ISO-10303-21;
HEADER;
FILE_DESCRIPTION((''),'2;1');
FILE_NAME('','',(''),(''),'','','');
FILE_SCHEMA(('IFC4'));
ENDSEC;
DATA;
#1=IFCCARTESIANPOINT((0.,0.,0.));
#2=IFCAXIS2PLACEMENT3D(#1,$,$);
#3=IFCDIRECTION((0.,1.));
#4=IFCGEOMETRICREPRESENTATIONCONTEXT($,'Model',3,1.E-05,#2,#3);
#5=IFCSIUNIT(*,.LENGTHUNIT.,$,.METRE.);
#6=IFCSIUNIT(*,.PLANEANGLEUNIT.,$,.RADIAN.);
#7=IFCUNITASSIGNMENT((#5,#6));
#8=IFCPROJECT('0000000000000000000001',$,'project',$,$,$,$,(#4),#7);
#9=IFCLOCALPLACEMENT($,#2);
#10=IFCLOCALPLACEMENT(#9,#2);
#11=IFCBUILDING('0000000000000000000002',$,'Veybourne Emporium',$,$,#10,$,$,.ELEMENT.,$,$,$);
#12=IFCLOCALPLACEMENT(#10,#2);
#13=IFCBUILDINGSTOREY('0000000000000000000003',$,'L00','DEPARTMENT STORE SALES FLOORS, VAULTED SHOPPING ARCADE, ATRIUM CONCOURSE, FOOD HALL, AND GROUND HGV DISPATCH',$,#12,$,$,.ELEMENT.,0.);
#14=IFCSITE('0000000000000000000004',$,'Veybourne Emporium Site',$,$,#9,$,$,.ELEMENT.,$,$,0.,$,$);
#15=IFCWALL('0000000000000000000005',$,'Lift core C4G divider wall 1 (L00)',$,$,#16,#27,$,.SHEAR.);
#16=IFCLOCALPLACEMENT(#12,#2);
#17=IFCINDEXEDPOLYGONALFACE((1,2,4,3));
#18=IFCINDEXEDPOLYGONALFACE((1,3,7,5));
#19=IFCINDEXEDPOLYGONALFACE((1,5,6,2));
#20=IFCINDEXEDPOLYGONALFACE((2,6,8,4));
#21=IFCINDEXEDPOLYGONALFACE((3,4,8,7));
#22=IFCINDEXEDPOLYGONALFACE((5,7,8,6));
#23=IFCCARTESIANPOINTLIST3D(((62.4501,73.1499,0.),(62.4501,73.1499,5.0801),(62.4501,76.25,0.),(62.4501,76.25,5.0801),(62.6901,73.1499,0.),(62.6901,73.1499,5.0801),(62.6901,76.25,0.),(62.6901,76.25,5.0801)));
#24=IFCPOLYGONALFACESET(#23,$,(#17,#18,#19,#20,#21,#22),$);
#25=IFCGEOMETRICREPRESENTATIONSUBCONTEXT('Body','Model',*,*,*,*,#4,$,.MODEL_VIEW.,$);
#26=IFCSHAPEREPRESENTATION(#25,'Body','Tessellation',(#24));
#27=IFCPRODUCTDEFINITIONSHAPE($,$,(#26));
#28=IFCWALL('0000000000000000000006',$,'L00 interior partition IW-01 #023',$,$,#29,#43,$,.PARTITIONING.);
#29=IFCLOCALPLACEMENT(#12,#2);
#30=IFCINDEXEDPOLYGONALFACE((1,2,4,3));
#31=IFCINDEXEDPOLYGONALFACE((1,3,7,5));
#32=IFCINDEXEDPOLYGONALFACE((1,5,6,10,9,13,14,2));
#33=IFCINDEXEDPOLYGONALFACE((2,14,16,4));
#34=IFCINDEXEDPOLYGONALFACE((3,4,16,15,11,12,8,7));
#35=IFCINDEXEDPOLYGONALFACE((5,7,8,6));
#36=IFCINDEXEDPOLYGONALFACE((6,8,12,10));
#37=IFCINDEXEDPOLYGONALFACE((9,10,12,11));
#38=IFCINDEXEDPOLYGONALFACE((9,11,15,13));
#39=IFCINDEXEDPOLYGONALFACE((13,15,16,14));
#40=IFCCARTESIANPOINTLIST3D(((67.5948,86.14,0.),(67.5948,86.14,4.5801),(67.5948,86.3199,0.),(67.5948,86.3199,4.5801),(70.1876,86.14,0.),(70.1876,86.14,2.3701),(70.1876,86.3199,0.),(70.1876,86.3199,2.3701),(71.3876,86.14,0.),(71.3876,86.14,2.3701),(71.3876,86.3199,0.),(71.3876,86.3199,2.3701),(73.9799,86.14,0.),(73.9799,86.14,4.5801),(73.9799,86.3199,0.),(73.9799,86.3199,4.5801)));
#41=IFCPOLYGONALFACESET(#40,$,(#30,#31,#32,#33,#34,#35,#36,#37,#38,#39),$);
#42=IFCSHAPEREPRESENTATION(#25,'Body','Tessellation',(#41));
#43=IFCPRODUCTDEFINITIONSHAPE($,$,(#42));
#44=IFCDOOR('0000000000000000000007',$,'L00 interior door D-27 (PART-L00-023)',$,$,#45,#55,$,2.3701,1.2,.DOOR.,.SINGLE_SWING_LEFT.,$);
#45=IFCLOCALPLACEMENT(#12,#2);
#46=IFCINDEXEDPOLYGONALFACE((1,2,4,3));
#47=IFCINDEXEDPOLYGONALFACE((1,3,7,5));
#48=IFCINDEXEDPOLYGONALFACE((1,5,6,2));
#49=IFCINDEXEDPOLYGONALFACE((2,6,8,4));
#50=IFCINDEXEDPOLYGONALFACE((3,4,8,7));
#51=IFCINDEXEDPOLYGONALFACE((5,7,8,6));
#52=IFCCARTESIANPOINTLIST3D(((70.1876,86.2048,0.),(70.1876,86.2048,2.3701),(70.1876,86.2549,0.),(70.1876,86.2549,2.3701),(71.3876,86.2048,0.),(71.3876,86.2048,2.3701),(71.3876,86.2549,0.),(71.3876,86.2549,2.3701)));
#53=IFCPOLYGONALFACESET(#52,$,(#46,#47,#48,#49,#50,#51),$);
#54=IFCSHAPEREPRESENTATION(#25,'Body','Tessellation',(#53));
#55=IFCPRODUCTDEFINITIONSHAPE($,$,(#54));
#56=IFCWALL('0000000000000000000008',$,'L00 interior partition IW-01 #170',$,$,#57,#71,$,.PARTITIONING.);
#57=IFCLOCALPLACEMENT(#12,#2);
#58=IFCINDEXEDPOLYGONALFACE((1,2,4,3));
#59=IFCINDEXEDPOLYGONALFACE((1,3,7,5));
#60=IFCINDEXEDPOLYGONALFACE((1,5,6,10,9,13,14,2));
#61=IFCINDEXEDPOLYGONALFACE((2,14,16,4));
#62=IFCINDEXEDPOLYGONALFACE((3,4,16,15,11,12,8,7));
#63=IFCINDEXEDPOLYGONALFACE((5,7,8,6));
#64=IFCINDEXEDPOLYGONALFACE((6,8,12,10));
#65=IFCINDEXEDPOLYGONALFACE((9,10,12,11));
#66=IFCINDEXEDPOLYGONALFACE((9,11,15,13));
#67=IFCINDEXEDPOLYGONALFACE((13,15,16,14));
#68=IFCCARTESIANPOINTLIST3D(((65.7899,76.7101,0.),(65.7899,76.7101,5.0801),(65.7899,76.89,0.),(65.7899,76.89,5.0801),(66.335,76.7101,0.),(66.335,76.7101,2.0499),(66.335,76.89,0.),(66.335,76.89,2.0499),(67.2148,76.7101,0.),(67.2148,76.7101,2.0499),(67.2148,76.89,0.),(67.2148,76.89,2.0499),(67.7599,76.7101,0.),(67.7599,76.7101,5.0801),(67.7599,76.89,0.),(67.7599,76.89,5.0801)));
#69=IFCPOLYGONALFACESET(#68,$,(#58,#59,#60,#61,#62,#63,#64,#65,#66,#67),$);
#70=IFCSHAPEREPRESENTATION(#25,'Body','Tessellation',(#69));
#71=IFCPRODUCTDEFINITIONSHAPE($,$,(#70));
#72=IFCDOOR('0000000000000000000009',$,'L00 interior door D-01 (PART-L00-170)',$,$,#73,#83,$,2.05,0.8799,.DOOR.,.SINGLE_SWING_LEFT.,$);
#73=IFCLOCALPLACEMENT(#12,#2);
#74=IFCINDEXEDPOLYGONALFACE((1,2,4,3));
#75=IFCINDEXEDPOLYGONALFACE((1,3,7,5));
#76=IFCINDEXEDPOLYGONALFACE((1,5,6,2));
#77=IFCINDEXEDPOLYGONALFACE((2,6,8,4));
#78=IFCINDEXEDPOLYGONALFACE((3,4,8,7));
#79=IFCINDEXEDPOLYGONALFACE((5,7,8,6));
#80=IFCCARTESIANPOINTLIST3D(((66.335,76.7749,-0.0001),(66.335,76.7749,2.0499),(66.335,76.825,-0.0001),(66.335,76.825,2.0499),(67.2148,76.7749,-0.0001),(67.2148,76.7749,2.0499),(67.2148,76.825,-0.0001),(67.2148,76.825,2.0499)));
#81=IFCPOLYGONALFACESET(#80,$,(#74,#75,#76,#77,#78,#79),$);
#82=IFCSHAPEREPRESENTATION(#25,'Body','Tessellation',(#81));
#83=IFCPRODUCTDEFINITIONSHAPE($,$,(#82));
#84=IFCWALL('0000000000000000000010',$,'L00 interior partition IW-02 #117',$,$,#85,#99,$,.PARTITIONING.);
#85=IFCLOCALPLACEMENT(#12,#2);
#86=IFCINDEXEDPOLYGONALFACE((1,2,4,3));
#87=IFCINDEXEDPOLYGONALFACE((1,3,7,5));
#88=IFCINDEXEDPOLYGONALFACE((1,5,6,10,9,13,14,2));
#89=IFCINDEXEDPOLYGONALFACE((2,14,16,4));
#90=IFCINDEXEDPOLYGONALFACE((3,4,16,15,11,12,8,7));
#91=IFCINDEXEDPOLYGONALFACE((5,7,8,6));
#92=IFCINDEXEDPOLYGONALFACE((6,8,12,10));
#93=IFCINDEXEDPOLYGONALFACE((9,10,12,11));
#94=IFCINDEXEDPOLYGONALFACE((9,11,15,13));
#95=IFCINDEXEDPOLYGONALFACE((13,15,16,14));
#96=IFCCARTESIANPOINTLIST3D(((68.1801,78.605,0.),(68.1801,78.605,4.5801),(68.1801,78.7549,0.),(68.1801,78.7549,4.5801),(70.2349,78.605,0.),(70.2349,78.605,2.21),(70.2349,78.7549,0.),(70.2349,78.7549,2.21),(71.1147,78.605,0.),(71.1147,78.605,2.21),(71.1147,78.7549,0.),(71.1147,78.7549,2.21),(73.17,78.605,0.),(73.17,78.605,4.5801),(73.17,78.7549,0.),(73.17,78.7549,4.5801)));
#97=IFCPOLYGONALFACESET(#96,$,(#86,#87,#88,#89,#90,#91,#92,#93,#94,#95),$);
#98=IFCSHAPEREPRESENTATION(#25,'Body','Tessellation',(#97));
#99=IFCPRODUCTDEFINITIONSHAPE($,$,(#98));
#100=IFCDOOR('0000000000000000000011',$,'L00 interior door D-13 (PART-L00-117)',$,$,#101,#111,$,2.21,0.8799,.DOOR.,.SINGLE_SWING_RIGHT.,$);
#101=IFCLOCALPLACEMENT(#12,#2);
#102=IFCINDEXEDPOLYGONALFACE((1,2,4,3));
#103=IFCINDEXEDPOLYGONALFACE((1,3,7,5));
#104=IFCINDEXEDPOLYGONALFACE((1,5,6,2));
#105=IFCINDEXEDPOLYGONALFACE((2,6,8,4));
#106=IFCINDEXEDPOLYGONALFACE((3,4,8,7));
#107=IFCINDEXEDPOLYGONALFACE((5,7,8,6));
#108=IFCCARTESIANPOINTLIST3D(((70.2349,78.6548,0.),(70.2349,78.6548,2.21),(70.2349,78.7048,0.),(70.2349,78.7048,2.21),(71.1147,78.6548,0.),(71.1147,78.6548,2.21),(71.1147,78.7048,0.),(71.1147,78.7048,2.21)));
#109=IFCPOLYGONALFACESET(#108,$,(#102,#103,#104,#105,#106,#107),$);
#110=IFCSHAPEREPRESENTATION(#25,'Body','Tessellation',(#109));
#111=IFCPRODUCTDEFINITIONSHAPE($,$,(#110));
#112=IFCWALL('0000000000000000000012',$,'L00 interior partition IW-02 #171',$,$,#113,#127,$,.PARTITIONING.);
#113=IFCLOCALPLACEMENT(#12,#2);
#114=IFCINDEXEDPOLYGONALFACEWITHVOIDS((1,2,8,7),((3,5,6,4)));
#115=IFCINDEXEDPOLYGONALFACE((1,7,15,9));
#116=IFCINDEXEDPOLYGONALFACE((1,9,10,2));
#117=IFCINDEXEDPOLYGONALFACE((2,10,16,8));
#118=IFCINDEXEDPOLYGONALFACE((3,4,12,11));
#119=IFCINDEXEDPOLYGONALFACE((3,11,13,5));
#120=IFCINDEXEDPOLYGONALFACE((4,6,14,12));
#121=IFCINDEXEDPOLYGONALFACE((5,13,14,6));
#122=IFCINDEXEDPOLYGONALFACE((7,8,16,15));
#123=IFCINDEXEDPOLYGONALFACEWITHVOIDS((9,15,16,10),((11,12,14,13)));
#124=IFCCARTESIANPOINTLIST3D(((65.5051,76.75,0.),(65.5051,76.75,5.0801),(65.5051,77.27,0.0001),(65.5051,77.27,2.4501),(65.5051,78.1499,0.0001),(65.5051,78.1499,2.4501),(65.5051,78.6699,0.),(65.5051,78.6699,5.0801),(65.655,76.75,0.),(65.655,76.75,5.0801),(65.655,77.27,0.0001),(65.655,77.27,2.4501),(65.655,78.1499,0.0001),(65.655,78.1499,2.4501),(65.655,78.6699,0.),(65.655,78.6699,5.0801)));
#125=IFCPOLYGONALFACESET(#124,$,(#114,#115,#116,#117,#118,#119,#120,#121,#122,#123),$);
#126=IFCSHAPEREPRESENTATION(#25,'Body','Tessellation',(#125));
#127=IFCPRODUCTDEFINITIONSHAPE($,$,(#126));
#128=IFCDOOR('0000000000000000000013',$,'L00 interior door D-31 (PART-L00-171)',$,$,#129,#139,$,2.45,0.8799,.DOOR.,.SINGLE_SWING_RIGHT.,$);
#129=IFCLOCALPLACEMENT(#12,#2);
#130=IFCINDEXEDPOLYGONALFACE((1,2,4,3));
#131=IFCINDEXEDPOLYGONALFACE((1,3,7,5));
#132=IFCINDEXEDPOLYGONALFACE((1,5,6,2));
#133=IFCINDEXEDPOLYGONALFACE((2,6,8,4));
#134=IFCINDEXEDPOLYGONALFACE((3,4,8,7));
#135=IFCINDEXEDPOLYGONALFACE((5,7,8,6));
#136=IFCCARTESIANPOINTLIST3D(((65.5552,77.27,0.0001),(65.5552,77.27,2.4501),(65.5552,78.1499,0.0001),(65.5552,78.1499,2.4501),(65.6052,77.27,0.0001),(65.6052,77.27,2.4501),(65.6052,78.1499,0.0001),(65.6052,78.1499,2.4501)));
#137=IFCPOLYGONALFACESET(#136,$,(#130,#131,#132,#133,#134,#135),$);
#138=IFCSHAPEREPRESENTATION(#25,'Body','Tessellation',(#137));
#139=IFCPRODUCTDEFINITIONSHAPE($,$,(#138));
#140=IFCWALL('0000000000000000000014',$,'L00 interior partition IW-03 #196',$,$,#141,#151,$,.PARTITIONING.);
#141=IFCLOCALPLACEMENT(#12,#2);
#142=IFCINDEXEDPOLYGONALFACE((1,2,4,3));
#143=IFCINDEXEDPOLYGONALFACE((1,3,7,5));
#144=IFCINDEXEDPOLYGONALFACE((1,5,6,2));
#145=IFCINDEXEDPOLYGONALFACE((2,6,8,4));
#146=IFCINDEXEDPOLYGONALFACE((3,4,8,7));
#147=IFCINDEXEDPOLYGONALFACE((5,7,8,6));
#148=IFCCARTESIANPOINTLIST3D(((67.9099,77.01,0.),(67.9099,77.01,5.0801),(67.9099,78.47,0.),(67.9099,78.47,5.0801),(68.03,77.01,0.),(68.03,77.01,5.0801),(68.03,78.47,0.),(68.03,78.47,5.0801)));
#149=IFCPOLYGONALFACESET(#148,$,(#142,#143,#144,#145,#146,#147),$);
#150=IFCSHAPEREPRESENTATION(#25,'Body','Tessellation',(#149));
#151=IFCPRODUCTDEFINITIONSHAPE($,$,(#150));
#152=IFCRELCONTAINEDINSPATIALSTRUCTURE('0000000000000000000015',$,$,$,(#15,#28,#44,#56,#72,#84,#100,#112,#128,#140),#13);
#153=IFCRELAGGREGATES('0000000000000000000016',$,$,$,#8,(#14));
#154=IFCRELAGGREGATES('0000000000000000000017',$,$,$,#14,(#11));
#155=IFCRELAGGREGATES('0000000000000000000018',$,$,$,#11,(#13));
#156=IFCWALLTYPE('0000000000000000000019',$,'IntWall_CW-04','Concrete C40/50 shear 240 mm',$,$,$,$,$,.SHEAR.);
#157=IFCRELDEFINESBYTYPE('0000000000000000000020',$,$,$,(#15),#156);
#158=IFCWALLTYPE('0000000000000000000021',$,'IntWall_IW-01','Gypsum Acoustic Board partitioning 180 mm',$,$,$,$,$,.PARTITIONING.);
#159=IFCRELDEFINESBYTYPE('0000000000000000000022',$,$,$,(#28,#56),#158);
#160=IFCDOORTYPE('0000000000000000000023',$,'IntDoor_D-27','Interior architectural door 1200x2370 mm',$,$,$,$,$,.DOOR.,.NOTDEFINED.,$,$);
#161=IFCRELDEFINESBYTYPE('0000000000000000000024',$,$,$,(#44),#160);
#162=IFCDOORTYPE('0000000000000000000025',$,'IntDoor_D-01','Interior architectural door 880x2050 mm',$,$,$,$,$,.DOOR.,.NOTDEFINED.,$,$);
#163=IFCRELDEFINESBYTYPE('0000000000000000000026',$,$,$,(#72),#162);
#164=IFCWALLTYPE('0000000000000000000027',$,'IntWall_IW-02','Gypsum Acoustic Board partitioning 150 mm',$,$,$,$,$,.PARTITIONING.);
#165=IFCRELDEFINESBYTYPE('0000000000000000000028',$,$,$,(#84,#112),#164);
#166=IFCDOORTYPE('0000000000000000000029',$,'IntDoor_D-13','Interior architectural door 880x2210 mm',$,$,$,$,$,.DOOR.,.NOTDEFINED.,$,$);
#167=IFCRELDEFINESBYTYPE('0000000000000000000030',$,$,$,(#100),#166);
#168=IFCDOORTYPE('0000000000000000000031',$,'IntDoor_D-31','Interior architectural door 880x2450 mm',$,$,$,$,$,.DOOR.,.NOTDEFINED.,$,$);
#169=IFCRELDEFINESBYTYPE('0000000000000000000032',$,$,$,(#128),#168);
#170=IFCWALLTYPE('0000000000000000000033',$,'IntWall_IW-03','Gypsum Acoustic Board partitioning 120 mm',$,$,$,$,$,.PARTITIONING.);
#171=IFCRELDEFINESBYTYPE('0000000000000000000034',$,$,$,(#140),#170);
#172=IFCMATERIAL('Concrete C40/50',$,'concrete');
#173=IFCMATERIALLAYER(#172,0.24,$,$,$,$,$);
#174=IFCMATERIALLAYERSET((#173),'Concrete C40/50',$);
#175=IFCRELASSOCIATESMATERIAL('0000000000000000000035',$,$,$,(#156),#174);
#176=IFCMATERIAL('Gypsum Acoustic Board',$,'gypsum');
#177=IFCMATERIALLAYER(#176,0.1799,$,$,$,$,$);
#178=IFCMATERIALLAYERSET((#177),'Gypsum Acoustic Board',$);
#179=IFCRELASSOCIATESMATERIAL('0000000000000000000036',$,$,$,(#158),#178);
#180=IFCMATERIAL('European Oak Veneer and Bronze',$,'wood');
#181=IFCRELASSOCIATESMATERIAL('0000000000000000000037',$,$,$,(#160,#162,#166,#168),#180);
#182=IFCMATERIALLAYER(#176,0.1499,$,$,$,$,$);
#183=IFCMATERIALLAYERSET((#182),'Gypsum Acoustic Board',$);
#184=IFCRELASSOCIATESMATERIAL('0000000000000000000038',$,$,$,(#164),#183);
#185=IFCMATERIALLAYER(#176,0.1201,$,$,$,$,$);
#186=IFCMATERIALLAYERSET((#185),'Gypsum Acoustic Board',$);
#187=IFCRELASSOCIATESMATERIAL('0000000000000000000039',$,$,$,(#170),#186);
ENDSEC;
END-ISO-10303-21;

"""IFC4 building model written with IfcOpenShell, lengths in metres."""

from ifc_helpers import new_model, si_unit, direction, frame, frame_2d, origin, place, context, subcontext, project, spatial, rectangle, extrude, material, layer, layer_set, type_object, element, fill, save


model = new_model("IFC4")

# Units and contexts
model_context = context("Model", 3, precision=1e-05, world=origin(), true_north=direction((0.0, 1.0)))
body_context = subcontext(model_context, "Body", "Model", "MODEL_VIEW")
ifc_project = project(units=[si_unit("LENGTHUNIT", "METRE"), si_unit("PLANEANGLEUNIT", "RADIAN")], contexts=[model_context])

# Site, building, storey
site_placement = place(None, origin())
site = spatial("IfcSite", under=ifc_project, at=site_placement, Name="Veybourne Emporium Site", CompositionType="ELEMENT", RefElevation=0.0)
building_placement = place(site_placement, origin())
building = spatial("IfcBuilding", under=site, at=building_placement, Name="Veybourne Emporium", CompositionType="ELEMENT")
storey_placement = place(building_placement, origin())
storey = spatial("IfcBuildingStorey", under=building, at=storey_placement, Name="L00", Description="DEPARTMENT STORE SALES FLOORS, VAULTED SHOPPING ARCADE, ATRIUM CONCOURSE, FOOD HALL, AND GROUND HGV DISPATCH", CompositionType="ELEMENT", Elevation=0.0)

# Shared definitions
ifc_material_1 = material(Name="Concrete C40/50", Category="concrete")

# Shared definitions
ifc_layer_1 = layer(ifc_material_1, 0.24)
ifc_layer_set_1 = layer_set([ifc_layer_1], Name="Concrete C40/50")
wall_type_1 = type_object("IfcWallType", Name="IntWall_CW-04", Description="Concrete C40/50 shear 240 mm", PredefinedType="SHEAR", material=ifc_layer_set_1)

# Wall
wall_1_placement = place(storey_placement, frame((62.5701, 73.1499, 0.0), z_axis=(0.0, 0.0, 1.0), x_axis=(0.0, 1.0, 0.0)))
element("IfcWall", 1, at=wall_1_placement, inside=storey, type_object=wall_type_1, Name="Lift core C4G divider wall 1 (L00)", PredefinedType="SHEAR", context=body_context, shape_type="SweptSolid", body=[
    extrude(rectangle(XDim=3.1001, YDim=0.24, at=frame_2d((1.55, 0.0))), origin(), (0.0, 0.0, 1.0), 5.0801),
])

# Walls, openings, doors
ifc_material_2 = material(Name="Gypsum Acoustic Board", Category="gypsum")
ifc_layer_2 = layer(ifc_material_2, 0.1799)
ifc_layer_set_2 = layer_set([ifc_layer_2], Name="Gypsum Acoustic Board")
wall_type_2 = type_object("IfcWallType", Name="IntWall_IW-01", Description="Gypsum Acoustic Board partitioning 180 mm", PredefinedType="PARTITIONING", material=ifc_layer_set_2)
wall_2_placement = place(storey_placement, frame((67.595, 86.23, 0.0), z_axis=(0.0, 0.0, 1.0), x_axis=(1.0, 0.0, 0.0)))
wall_2 = element("IfcWall", 2, at=wall_2_placement, inside=storey, type_object=wall_type_2, Name="L00 interior partition IW-01 #023", PredefinedType="PARTITIONING", context=body_context, shape_type="SweptSolid", body=[
    extrude(rectangle(XDim=6.385, YDim=0.1799, at=frame_2d((3.1924, 0.0))), origin(), (0.0, 0.0, 1.0), 4.5801),
])
opening_1_placement = place(wall_2_placement, frame((2.5925, 0.0, 0.0)))
opening_1 = element("IfcOpeningElement", 3, at=opening_1_placement, cuts=wall_2, PredefinedType="OPENING", context=body_context, shape_type="SweptSolid", body=[
    extrude(rectangle(XDim=1.2, YDim=2.3701, at=frame_2d((0.6001, 1.1851))), frame((0.0, 0.1099, 0.0), z_axis=(0.0, -1.0, 0.0), x_axis=(1.0, 0.0, 0.0)), (0.0, 0.0, 1.0), 0.22),
])
ifc_material_3 = material(Name="European Oak Veneer and Bronze", Category="wood")
door_type_1 = type_object("IfcDoorType", Name="IntDoor_D-27", Description="Interior architectural door 1200x2370 mm", OperationType="NOTDEFINED", PredefinedType="DOOR", material=ifc_material_3)
door_1_placement = place(opening_1_placement, origin())
door_1 = element("IfcDoor", 4, at=door_1_placement, inside=storey, type_object=door_type_1, Name="L00 interior door D-27 (PART-L00-023)", OperationType="SINGLE_SWING_LEFT", OverallHeight=2.3701, OverallWidth=1.2, PredefinedType="DOOR", context=body_context, shape_type="SweptSolid", body=[
    extrude(rectangle(XDim=1.2, YDim=2.3701, at=frame_2d((0.6001, 1.1851))), frame((0.0, 0.0249, 0.0), z_axis=(0.0, -1.0, 0.0), x_axis=(1.0, 0.0, 0.0)), (0.0, 0.0, 1.0), 0.05),
])
fill(opening_1, door_1)
wall_3_placement = place(storey_placement, frame((65.79, 76.8, 0.0), z_axis=(0.0, 0.0, 1.0), x_axis=(1.0, 0.0, 0.0)))
wall_3 = element("IfcWall", 5, at=wall_3_placement, inside=storey, type_object=wall_type_2, Name="L00 interior partition IW-01 #170", PredefinedType="PARTITIONING", context=body_context, shape_type="SweptSolid", body=[
    extrude(rectangle(XDim=1.97, YDim=0.1799, at=frame_2d((0.9849, 0.0))), origin(), (0.0, 0.0, 1.0), 5.0801),
])
opening_2_placement = place(wall_3_placement, frame((0.5449, 0.0, 0.0)))
opening_2 = element("IfcOpeningElement", 6, at=opening_2_placement, cuts=wall_3, PredefinedType="OPENING", context=body_context, shape_type="SweptSolid", body=[
    extrude(rectangle(XDim=0.8799, YDim=2.05, at=frame_2d((0.4399, 1.0249))), frame((0.0, 0.1099, 0.0), z_axis=(0.0, -1.0, 0.0), x_axis=(1.0, 0.0, 0.0)), (0.0, 0.0, 1.0), 0.22),
])
door_type_2 = type_object("IfcDoorType", Name="IntDoor_D-01", Description="Interior architectural door 880x2050 mm", OperationType="NOTDEFINED", PredefinedType="DOOR", material=ifc_material_3)
door_2_placement = place(opening_2_placement, origin())
door_2 = element("IfcDoor", 7, at=door_2_placement, inside=storey, type_object=door_type_2, Name="L00 interior door D-01 (PART-L00-170)", OperationType="SINGLE_SWING_LEFT", OverallHeight=2.05, OverallWidth=0.8799, PredefinedType="DOOR", context=body_context, shape_type="SweptSolid", body=[
    extrude(rectangle(XDim=0.8799, YDim=2.05, at=frame_2d((0.4399, 1.0249))), frame((0.0, 0.0249, 0.0), z_axis=(0.0, -1.0, 0.0), x_axis=(1.0, 0.0, 0.0)), (0.0, 0.0, 1.0), 0.05),
])
fill(opening_2, door_2)
ifc_layer_3 = layer(ifc_material_2, 0.1499)
ifc_layer_set_3 = layer_set([ifc_layer_3], Name="Gypsum Acoustic Board")
wall_type_3 = type_object("IfcWallType", Name="IntWall_IW-02", Description="Gypsum Acoustic Board partitioning 150 mm", PredefinedType="PARTITIONING", material=ifc_layer_set_3)
wall_4_placement = place(storey_placement, frame((68.1799, 78.6799, 0.0), z_axis=(0.0, 0.0, 1.0), x_axis=(1.0, 0.0, 0.0)))
wall_4 = element("IfcWall", 8, at=wall_4_placement, inside=storey, type_object=wall_type_3, Name="L00 interior partition IW-02 #117", PredefinedType="PARTITIONING", context=body_context, shape_type="SweptSolid", body=[
    extrude(rectangle(XDim=4.99, YDim=0.1499, at=frame_2d((2.4951, 0.0))), origin(), (0.0, 0.0, 1.0), 4.5801),
])
opening_3_placement = place(wall_4_placement, frame((2.0549, 0.0, 0.0)))
opening_3 = element("IfcOpeningElement", 9, at=opening_3_placement, cuts=wall_4, PredefinedType="OPENING", context=body_context, shape_type="SweptSolid", body=[
    extrude(rectangle(XDim=0.8799, YDim=2.21, at=frame_2d((0.4399, 1.105))), frame((0.0, 0.095, 0.0), z_axis=(0.0, -1.0, 0.0), x_axis=(1.0, 0.0, 0.0)), (0.0, 0.0, 1.0), 0.1899),
])
door_type_3 = type_object("IfcDoorType", Name="IntDoor_D-13", Description="Interior architectural door 880x2210 mm", OperationType="NOTDEFINED", PredefinedType="DOOR", material=ifc_material_3)
door_3_placement = place(opening_3_placement, origin())
door_3 = element("IfcDoor", 10, at=door_3_placement, inside=storey, type_object=door_type_3, Name="L00 interior door D-13 (PART-L00-117)", OperationType="SINGLE_SWING_RIGHT", OverallHeight=2.21, OverallWidth=0.8799, PredefinedType="DOOR", context=body_context, shape_type="SweptSolid", body=[
    extrude(rectangle(XDim=0.8799, YDim=2.21, at=frame_2d((0.4399, 1.105))), frame((0.0, 0.0249, 0.0), z_axis=(0.0, -1.0, 0.0), x_axis=(1.0, 0.0, 0.0)), (0.0, 0.0, 1.0), 0.05),
])
fill(opening_3, door_3)
wall_5_placement = place(storey_placement, frame((65.5801, 76.75, 0.0), z_axis=(0.0, 0.0, 1.0), x_axis=(0.0, 1.0, 0.0)))
wall_5 = element("IfcWall", 11, at=wall_5_placement, inside=storey, type_object=wall_type_3, Name="L00 interior partition IW-02 #171", PredefinedType="PARTITIONING", context=body_context, shape_type="SweptSolid", body=[
    extrude(rectangle(XDim=1.9199, YDim=0.1499, at=frame_2d((0.96, 0.0))), origin(), (0.0, 0.0, 1.0), 5.0801),
])
opening_4_placement = place(wall_5_placement, frame((0.52, 0.0, 0.0)))
opening_4 = element("IfcOpeningElement", 12, at=opening_4_placement, cuts=wall_5, PredefinedType="OPENING", context=body_context, shape_type="SweptSolid", body=[
    extrude(rectangle(XDim=0.8799, YDim=2.45, at=frame_2d((0.4399, 1.2251))), frame((0.0, 0.095, 0.0), z_axis=(0.0, -1.0, 0.0), x_axis=(1.0, 0.0, 0.0)), (0.0, 0.0, 1.0), 0.1899),
])
door_type_4 = type_object("IfcDoorType", Name="IntDoor_D-31", Description="Interior architectural door 880x2450 mm", OperationType="NOTDEFINED", PredefinedType="DOOR", material=ifc_material_3)
door_4_placement = place(opening_4_placement, origin())
door_4 = element("IfcDoor", 13, at=door_4_placement, inside=storey, type_object=door_type_4, Name="L00 interior door D-31 (PART-L00-171)", OperationType="SINGLE_SWING_RIGHT", OverallHeight=2.45, OverallWidth=0.8799, PredefinedType="DOOR", context=body_context, shape_type="SweptSolid", body=[
    extrude(rectangle(XDim=0.8799, YDim=2.45, at=frame_2d((0.4399, 1.2251))), frame((0.0, 0.0249, 0.0), z_axis=(0.0, -1.0, 0.0), x_axis=(1.0, 0.0, 0.0)), (0.0, 0.0, 1.0), 0.05),
])
fill(opening_4, door_4)

# Wall
ifc_layer_4 = layer(ifc_material_2, 0.1201)
ifc_layer_set_4 = layer_set([ifc_layer_4], Name="Gypsum Acoustic Board")
wall_type_4 = type_object("IfcWallType", Name="IntWall_IW-03", Description="Gypsum Acoustic Board partitioning 120 mm", PredefinedType="PARTITIONING", material=ifc_layer_set_4)
wall_6_placement = place(storey_placement, frame((67.97, 77.01, 0.0), z_axis=(0.0, 0.0, 1.0), x_axis=(0.0, 1.0, 0.0)))
element("IfcWall", 14, at=wall_6_placement, inside=storey, type_object=wall_type_4, Name="L00 interior partition IW-03 #196", PredefinedType="PARTITIONING", context=body_context, shape_type="SweptSolid", body=[
    extrude(rectangle(XDim=1.46, YDim=0.1201, at=frame_2d((0.73, 0.0))), origin(), (0.0, 0.0, 1.0), 5.0801),
])

save(model, "model.ifc")
